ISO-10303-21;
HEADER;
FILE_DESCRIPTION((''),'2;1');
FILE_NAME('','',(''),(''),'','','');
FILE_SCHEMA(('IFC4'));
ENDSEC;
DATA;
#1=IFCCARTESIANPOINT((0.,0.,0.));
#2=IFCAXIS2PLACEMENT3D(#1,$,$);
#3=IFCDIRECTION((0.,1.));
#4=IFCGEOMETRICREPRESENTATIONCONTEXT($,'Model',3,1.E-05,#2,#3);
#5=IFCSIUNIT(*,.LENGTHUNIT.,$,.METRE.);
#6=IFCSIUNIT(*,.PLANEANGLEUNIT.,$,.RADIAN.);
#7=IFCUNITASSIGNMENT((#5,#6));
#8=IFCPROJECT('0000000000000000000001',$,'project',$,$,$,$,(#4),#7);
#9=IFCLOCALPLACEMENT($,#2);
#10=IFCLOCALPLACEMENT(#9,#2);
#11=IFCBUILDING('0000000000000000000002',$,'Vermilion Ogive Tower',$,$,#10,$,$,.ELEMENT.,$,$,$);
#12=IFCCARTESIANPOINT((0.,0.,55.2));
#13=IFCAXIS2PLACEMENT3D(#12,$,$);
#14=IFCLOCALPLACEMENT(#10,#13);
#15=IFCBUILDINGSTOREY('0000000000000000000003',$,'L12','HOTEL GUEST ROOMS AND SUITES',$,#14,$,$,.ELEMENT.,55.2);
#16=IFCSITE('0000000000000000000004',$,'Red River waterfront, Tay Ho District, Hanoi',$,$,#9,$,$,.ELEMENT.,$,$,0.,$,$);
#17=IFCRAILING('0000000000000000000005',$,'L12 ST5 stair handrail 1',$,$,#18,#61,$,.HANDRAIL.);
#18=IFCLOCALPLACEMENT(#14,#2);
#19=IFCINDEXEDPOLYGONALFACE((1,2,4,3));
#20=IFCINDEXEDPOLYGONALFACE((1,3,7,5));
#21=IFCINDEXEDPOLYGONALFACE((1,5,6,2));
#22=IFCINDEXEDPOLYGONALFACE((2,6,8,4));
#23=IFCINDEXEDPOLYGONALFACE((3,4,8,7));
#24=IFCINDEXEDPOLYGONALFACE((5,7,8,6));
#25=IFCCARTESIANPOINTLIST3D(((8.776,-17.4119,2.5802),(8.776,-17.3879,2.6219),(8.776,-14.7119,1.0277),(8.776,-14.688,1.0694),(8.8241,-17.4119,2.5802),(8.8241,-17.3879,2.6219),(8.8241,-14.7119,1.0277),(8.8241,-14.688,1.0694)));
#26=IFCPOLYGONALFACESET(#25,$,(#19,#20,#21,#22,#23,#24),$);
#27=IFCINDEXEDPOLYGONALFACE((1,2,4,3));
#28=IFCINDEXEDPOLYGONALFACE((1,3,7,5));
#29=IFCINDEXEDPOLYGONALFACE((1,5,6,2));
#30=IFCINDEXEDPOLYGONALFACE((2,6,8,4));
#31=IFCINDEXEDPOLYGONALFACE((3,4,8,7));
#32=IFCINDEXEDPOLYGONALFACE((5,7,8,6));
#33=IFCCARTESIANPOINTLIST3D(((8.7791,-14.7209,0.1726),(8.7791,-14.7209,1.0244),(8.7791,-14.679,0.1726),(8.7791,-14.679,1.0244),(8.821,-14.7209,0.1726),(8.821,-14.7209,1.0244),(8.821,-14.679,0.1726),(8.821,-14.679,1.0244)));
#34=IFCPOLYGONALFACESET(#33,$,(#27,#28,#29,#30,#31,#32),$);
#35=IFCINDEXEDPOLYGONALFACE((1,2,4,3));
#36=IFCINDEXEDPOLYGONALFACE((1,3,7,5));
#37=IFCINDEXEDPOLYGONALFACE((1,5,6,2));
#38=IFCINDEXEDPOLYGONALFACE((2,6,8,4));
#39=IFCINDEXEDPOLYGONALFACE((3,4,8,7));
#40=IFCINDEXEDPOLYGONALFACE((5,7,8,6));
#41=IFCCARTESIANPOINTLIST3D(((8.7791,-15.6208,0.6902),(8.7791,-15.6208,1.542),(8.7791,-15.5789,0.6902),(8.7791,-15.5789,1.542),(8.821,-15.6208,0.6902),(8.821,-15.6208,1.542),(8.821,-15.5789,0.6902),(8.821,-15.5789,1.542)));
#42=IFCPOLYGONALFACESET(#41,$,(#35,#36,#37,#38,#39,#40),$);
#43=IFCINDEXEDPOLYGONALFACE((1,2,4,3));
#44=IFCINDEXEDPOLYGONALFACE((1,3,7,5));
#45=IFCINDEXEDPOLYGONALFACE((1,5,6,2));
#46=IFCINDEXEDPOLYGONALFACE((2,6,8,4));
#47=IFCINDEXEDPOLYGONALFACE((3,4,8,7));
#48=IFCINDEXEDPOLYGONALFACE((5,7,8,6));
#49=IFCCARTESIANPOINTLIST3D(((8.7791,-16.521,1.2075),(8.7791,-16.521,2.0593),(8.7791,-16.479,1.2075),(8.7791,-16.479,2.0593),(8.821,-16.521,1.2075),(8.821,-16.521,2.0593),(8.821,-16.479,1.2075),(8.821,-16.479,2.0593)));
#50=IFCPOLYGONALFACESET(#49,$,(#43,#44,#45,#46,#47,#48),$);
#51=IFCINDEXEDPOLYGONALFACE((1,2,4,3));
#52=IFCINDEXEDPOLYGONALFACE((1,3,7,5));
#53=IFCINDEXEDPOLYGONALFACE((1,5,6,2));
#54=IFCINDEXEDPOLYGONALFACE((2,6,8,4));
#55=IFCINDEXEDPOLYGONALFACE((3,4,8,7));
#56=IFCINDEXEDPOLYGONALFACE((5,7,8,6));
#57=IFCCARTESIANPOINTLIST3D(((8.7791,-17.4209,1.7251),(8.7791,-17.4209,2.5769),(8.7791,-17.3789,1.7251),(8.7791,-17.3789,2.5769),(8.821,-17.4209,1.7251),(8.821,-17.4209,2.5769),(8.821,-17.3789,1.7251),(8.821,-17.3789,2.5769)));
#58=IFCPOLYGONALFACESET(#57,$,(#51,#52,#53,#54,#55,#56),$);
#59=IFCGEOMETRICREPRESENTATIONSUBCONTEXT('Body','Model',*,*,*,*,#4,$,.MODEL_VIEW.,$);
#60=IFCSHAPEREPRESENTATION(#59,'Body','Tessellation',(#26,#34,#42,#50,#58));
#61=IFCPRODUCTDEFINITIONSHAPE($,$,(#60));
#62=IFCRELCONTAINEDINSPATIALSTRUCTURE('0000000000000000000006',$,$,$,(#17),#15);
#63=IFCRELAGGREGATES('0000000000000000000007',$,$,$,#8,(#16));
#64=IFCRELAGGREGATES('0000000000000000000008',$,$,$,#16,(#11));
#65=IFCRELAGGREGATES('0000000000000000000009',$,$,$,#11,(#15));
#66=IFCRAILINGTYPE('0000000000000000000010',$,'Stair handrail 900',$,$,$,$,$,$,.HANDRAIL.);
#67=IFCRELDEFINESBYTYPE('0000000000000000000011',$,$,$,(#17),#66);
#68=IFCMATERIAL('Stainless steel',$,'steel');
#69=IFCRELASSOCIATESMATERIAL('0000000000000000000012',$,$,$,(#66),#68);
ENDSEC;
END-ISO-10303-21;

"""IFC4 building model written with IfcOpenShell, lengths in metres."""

from ifc_helpers import new_model, si_unit, direction, frame, origin, origin_2d, place, context, subcontext, project, spatial, rectangle, extrude, material, type_object, element, save


model = new_model("IFC4")

# Units and contexts
model_context = context("Model", 3, precision=1e-05, world=origin(), true_north=direction((0.0, 1.0)))
body_context = subcontext(model_context, "Body", "Model", "MODEL_VIEW")
ifc_project = project(units=[si_unit("LENGTHUNIT", "METRE"), si_unit("PLANEANGLEUNIT", "RADIAN")], contexts=[model_context])

# Site, building, storey
site_placement = place(None, origin())
site = spatial("IfcSite", under=ifc_project, at=site_placement, Name="Red River waterfront, Tay Ho District, Hanoi", CompositionType="ELEMENT", RefElevation=0.0)
building_placement = place(site_placement, origin())
building = spatial("IfcBuilding", under=site, at=building_placement, Name="Vermilion Ogive Tower", CompositionType="ELEMENT")
storey_placement = place(building_placement, frame((0.0, 0.0, 55.2)))
storey = spatial("IfcBuildingStorey", under=building, at=storey_placement, Name="L12", Description="HOTEL GUEST ROOMS AND SUITES", CompositionType="ELEMENT", Elevation=55.2)

# Railing
ifc_material_1 = material(Name="Stainless steel", Category="steel")
railing_type_1 = type_object("IfcRailingType", Name="Stair handrail 900", PredefinedType="HANDRAIL", material=ifc_material_1)
railing_1_placement = place(storey_placement, frame((8.8, -14.7, 0.1726)))
element("IfcRailing", 1, at=railing_1_placement, inside=storey, type_object=railing_type_1, Name="L12 ST5 stair handrail 1", PredefinedType="HANDRAIL", context=body_context, shape_type="SweptSolid", body=[
    extrude(rectangle(XDim=0.0481, YDim=0.0481, at=origin_2d()), frame((0.0, 0.0, 0.876), z_axis=(0.0, -0.866904, 0.498476), x_axis=(1.0, 0.0, 0.0)), (0.0, 0.0, 1.0), 3.1145),
    extrude(rectangle(XDim=0.042, YDim=0.042, at=origin_2d()), origin(), (0.0, 0.0, 1.0), 0.8518),
    extrude(rectangle(XDim=0.042, YDim=0.042, at=origin_2d()), frame((0.0, -0.8999, 0.5176)), (0.0, 0.0, 1.0), 0.8518),
    extrude(rectangle(XDim=0.042, YDim=0.042, at=origin_2d()), frame((0.0, -1.8, 1.0349)), (0.0, 0.0, 1.0), 0.8518),
    extrude(rectangle(XDim=0.042, YDim=0.042, at=origin_2d()), frame((0.0, -2.7, 1.5525)), (0.0, 0.0, 1.0), 0.8518),
])

save(model, "model.ifc")
